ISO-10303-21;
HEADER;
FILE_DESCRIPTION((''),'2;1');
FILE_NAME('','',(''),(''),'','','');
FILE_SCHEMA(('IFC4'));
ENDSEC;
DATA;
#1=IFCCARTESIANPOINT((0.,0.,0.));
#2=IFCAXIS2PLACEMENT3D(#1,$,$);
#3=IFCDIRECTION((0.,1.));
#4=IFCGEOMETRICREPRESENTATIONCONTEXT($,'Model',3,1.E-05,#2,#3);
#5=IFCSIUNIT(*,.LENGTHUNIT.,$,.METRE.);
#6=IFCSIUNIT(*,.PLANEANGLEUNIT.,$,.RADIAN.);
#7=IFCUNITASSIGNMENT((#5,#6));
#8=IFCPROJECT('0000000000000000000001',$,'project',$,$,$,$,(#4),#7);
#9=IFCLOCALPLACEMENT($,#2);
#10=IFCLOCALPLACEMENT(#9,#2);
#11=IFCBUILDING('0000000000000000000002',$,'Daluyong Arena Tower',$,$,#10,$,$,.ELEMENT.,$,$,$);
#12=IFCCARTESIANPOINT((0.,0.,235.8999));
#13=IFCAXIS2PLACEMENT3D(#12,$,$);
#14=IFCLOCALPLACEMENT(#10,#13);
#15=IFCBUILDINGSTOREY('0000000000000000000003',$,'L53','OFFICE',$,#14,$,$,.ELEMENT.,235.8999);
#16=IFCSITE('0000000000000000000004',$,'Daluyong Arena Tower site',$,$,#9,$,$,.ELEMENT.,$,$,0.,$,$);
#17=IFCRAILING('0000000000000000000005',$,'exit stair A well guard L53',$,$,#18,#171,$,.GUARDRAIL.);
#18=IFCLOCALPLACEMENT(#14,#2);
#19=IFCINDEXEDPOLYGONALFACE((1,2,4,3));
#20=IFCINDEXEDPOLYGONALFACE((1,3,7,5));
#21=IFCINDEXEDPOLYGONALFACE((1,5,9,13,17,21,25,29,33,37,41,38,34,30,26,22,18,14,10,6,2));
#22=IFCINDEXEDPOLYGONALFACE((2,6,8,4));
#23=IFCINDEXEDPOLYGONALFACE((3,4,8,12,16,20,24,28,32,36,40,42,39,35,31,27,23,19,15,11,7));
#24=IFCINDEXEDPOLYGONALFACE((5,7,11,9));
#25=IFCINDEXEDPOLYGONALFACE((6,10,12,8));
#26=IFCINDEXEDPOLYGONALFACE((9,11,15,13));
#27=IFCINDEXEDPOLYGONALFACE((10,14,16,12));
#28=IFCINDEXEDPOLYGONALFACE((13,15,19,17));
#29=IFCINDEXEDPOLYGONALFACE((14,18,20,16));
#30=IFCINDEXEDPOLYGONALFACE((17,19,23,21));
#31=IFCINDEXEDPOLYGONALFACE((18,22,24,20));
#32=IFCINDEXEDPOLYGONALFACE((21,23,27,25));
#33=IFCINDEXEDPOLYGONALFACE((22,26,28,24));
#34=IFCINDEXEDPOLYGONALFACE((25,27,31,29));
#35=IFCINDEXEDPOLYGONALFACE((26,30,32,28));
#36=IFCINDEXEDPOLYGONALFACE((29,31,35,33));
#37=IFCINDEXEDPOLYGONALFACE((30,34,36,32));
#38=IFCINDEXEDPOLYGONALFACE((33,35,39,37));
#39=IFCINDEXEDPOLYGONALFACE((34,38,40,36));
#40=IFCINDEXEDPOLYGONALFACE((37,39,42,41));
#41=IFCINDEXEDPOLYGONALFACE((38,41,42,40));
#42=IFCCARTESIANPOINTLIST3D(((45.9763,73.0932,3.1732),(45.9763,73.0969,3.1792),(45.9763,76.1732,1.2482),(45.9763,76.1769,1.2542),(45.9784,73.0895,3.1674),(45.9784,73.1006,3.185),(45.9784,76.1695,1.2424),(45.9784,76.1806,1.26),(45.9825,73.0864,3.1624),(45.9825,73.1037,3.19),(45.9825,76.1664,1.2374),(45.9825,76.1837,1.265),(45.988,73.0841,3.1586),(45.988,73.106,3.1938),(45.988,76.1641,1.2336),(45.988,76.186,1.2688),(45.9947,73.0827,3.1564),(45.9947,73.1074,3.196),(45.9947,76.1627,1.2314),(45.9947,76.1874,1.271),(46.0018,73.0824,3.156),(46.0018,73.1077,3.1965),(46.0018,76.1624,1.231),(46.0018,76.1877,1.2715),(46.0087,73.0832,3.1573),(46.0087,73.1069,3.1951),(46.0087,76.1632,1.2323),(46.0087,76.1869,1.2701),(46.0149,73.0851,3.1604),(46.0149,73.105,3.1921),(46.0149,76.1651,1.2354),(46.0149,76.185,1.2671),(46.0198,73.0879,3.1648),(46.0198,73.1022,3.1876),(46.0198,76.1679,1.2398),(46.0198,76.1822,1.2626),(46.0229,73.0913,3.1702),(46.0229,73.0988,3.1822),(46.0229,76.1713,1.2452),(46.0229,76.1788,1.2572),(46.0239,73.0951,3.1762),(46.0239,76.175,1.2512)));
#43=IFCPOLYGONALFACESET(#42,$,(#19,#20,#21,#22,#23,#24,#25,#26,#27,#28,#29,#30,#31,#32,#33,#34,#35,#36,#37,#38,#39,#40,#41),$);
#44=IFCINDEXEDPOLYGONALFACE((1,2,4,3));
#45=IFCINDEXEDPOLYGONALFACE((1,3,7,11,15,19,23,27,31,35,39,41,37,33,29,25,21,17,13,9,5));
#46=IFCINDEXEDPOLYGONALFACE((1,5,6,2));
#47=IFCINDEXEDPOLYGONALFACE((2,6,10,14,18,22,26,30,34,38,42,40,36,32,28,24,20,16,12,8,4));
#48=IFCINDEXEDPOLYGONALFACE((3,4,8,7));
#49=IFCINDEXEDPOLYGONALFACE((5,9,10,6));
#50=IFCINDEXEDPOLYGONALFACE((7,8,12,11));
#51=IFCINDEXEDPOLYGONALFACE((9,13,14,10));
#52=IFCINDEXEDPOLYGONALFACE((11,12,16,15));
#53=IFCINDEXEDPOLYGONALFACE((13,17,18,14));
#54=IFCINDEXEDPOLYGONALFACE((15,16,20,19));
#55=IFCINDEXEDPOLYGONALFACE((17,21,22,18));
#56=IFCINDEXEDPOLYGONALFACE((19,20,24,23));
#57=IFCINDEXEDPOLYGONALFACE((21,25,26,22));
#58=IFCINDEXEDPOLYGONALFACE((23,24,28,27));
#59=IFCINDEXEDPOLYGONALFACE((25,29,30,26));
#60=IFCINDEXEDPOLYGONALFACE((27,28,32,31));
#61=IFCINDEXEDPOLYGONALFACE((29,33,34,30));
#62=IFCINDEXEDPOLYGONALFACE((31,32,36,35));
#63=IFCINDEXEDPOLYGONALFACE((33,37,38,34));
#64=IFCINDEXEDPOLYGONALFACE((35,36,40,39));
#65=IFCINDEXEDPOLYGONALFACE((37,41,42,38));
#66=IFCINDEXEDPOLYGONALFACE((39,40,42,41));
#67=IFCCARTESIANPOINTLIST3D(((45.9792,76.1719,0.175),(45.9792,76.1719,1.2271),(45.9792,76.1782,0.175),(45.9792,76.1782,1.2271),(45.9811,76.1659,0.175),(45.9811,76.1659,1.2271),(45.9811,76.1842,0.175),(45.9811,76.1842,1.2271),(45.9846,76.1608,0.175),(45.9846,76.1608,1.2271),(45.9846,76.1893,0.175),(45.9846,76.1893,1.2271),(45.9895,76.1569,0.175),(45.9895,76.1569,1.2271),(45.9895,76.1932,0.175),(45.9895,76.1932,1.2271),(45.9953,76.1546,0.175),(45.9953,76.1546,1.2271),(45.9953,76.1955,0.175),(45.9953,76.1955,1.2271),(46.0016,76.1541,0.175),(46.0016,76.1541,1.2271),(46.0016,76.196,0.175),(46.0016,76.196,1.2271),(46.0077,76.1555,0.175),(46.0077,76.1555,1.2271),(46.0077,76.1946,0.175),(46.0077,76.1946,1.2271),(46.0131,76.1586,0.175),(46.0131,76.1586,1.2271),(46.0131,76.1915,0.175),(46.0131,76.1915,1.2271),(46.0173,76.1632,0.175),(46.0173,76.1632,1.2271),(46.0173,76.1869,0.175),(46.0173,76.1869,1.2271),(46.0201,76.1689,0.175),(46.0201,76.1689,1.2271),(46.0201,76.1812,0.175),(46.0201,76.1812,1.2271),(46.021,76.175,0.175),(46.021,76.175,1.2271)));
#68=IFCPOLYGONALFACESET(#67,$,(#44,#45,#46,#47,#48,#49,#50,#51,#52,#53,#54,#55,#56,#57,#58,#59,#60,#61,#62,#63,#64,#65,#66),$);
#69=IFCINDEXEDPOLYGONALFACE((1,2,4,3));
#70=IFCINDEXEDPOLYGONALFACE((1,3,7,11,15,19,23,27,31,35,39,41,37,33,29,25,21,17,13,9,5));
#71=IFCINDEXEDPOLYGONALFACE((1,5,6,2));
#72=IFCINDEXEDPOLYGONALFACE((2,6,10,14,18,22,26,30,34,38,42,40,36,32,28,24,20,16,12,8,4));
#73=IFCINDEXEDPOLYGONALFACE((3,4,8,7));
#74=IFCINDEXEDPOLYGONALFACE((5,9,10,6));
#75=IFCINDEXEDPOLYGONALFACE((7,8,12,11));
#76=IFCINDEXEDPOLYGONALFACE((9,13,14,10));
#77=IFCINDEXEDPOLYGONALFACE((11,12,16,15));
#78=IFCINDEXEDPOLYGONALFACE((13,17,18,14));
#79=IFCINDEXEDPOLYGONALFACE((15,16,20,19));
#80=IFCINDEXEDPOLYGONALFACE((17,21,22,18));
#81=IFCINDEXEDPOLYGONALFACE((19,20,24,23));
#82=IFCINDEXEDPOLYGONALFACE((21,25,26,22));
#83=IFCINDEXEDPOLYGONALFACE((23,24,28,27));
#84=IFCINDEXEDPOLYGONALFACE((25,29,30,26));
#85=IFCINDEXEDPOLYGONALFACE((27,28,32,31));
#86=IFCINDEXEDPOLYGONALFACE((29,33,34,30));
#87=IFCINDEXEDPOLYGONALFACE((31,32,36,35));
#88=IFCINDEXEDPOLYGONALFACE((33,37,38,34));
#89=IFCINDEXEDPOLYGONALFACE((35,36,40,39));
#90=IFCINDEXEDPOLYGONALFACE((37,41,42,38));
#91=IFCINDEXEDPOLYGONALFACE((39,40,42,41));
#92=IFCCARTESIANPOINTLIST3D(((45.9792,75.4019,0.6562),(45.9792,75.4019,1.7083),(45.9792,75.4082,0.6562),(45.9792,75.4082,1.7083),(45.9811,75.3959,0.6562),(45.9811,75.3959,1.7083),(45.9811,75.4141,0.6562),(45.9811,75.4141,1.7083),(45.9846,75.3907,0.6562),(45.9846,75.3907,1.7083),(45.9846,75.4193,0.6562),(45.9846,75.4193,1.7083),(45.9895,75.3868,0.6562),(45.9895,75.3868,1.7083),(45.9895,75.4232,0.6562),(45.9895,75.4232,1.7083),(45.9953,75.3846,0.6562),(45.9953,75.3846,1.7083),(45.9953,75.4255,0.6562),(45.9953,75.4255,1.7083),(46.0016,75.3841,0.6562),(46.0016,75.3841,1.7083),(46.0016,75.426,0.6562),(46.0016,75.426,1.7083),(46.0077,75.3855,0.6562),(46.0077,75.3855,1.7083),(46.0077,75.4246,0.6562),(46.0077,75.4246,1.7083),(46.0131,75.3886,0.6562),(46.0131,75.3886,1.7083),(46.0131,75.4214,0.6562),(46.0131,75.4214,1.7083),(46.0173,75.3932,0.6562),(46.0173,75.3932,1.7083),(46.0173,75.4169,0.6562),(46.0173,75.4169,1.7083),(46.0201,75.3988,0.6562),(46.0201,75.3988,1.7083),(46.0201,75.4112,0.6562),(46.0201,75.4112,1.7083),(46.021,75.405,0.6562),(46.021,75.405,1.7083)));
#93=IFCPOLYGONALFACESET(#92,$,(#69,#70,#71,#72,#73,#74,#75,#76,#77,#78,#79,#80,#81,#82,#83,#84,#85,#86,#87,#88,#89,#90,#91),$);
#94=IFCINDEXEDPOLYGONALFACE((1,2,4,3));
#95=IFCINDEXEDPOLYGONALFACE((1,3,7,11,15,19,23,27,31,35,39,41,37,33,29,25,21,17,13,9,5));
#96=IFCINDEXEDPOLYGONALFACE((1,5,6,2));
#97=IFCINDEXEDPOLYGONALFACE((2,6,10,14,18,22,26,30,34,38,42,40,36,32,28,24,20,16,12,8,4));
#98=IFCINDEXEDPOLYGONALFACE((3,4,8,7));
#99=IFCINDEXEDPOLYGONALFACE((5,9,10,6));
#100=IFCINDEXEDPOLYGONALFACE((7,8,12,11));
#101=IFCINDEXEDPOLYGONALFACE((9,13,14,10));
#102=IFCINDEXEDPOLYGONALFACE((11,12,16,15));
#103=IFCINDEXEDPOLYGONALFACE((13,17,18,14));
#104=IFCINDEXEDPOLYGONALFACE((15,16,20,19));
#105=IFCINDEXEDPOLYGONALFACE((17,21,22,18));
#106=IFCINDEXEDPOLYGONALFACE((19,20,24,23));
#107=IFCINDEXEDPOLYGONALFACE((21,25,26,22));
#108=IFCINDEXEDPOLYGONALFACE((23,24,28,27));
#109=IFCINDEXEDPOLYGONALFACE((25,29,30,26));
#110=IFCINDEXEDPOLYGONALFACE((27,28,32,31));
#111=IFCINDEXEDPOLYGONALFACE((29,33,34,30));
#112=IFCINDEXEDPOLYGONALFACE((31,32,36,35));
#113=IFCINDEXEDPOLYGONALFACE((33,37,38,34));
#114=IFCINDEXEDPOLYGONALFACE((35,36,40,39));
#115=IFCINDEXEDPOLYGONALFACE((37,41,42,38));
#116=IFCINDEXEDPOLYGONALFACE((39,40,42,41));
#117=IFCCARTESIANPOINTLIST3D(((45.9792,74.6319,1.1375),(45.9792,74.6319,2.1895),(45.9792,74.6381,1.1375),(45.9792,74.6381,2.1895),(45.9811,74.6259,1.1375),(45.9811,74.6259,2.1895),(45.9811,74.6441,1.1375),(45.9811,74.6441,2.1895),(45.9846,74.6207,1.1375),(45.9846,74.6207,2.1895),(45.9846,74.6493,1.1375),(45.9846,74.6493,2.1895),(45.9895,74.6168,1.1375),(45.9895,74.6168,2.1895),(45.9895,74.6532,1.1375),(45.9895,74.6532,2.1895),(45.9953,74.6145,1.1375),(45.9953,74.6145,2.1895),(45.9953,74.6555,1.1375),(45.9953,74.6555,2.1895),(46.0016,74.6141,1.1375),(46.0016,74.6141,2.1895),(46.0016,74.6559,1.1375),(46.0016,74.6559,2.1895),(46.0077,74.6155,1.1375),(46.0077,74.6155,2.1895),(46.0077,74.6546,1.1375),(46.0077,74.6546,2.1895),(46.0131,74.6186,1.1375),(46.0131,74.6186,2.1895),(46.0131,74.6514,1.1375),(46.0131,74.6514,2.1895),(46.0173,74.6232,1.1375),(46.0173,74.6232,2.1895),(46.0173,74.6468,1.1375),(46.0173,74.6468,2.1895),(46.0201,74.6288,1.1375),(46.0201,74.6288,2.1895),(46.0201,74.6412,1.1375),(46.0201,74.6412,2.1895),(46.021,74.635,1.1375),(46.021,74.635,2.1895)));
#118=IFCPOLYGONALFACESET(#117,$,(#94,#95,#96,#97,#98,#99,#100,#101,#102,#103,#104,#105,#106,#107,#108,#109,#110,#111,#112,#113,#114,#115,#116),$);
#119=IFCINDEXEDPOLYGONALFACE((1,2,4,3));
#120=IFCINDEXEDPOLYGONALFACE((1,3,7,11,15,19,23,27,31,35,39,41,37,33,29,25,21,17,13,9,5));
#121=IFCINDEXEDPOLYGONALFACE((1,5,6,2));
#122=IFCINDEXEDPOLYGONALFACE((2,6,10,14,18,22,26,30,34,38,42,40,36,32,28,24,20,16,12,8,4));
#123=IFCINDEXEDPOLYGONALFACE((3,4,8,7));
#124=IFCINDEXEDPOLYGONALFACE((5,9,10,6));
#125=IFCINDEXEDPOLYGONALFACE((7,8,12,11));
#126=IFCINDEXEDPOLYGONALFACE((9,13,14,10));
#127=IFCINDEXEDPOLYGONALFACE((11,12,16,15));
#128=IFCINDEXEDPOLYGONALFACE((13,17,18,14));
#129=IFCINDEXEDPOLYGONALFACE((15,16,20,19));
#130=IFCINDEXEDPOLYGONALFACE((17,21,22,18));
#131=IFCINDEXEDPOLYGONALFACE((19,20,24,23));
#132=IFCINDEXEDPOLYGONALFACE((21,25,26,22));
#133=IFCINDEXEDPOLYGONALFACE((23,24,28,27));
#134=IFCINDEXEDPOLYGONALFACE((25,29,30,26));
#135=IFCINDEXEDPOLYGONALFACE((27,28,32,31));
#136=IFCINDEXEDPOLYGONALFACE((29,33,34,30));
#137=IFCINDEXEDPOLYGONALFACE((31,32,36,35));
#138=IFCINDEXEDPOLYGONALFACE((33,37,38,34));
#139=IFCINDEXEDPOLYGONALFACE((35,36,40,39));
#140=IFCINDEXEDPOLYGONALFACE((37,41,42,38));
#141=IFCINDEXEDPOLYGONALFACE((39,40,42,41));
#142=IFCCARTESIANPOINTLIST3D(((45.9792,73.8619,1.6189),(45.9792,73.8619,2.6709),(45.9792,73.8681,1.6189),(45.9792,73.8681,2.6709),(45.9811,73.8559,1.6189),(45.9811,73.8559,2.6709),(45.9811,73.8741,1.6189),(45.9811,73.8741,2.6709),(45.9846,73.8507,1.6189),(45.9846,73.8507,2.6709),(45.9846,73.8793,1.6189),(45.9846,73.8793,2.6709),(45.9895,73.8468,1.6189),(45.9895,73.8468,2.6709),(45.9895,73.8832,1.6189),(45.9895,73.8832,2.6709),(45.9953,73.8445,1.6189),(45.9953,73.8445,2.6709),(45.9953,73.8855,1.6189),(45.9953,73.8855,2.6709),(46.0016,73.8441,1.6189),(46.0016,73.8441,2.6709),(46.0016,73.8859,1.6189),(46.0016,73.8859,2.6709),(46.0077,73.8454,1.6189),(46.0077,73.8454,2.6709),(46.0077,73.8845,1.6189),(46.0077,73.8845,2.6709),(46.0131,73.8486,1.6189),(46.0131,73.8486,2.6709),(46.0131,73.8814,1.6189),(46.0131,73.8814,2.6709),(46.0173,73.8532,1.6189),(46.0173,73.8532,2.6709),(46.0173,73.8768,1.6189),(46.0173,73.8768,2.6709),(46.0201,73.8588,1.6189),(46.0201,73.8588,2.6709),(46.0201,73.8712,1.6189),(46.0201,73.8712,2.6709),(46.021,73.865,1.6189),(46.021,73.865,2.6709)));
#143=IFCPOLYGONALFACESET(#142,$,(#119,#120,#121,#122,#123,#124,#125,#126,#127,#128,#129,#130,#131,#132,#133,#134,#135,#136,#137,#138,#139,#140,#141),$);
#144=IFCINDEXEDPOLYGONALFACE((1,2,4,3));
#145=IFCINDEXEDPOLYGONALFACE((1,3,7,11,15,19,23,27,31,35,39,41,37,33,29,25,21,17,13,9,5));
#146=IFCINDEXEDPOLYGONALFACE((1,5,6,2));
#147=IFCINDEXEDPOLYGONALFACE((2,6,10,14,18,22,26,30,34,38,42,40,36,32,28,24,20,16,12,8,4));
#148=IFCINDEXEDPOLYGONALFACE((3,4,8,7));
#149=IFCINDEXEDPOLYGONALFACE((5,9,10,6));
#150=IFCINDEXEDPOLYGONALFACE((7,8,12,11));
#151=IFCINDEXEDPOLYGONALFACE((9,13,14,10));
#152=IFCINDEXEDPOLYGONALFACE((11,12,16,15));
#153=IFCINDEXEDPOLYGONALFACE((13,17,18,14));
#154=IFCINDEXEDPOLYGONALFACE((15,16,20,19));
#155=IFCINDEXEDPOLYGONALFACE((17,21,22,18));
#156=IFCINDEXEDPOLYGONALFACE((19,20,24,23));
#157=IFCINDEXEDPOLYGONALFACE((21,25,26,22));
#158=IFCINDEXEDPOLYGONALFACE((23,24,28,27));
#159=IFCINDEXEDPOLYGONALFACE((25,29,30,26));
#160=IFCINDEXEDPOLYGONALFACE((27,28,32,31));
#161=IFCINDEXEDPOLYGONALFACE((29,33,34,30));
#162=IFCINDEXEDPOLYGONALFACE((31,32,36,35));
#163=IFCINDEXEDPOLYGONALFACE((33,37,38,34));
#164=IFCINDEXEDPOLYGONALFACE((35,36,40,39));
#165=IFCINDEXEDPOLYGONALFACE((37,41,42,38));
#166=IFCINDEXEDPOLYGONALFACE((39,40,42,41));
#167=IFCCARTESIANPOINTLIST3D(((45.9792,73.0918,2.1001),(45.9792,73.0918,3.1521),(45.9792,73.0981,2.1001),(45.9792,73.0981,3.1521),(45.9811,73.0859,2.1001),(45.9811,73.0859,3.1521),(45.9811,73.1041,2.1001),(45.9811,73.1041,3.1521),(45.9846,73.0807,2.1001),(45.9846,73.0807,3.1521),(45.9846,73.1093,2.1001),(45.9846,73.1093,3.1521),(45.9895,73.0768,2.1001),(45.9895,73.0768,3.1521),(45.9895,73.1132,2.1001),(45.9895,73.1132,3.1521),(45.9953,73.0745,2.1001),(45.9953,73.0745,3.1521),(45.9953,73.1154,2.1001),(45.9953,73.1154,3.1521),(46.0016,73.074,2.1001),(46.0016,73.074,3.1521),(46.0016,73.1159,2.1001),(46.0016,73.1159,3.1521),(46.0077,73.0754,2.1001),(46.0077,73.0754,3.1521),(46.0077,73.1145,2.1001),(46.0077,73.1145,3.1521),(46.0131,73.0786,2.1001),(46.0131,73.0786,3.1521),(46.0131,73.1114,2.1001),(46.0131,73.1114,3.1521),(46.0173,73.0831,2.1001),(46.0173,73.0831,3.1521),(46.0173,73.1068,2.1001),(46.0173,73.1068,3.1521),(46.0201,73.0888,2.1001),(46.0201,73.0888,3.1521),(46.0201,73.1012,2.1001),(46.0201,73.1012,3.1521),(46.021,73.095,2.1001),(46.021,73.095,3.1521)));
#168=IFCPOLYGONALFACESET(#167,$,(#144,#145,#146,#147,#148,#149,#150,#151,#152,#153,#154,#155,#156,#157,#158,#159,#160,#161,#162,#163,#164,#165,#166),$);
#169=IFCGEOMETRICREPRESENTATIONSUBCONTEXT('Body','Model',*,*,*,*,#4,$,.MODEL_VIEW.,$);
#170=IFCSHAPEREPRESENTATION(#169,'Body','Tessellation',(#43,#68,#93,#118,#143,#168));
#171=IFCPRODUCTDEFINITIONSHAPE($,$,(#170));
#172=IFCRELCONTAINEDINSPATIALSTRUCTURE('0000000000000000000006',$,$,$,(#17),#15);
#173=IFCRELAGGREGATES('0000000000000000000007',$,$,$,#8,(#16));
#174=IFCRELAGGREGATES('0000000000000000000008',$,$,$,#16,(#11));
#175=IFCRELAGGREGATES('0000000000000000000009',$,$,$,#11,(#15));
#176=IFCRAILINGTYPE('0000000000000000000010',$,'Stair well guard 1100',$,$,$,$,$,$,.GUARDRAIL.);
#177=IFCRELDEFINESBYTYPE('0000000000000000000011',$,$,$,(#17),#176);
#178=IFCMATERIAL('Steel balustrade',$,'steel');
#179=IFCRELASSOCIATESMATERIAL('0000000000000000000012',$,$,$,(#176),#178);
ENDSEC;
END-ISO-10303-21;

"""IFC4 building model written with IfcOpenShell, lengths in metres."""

from ifc_helpers import new_model, si_unit, direction, frame, origin, origin_2d, place, context, subcontext, project, spatial, circle, extrude, material, type_object, element, save


model = new_model("IFC4")

# Units and contexts
model_context = context("Model", 3, precision=1e-05, world=origin(), true_north=direction((0.0, 1.0)))
body_context = subcontext(model_context, "Body", "Model", "MODEL_VIEW")
ifc_project = project(units=[si_unit("LENGTHUNIT", "METRE"), si_unit("PLANEANGLEUNIT", "RADIAN")], contexts=[model_context])

# Site, building, storey
site_placement = place(None, origin())
site = spatial("IfcSite", under=ifc_project, at=site_placement, Name="Daluyong Arena Tower site", CompositionType="ELEMENT", RefElevation=0.0)
building_placement = place(site_placement, origin())
building = spatial("IfcBuilding", under=site, at=building_placement, Name="Daluyong Arena Tower", CompositionType="ELEMENT")
storey_placement = place(building_placement, frame((0.0, 0.0, 235.8999)))
storey = spatial("IfcBuildingStorey", under=building, at=storey_placement, Name="L53", Description="OFFICE", CompositionType="ELEMENT", Elevation=235.8999)

# Railing
ifc_material_1 = material(Name="Steel balustrade", Category="steel")
railing_type_1 = type_object("IfcRailingType", Name="Stair well guard 1100", PredefinedType="GUARDRAIL", material=ifc_material_1)
railing_1_placement = place(storey_placement, frame((46.0, 76.175, 0.175)))
element("IfcRailing", 1, at=railing_1_placement, inside=storey, type_object=railing_type_1, Name="exit stair A well guard L53", PredefinedType="GUARDRAIL", context=body_context, shape_type="SweptSolid", body=[
    extrude(circle(Radius=0.0239, at=origin_2d()), frame((0.0, 0.0, 1.0762), z_axis=(0.0, -0.847998, 0.529999), x_axis=(1.0, 0.0, 0.0)), (0.0, 0.0, 1.0), 3.6321),
    extrude(circle(Radius=0.021, at=origin_2d()), origin(), (0.0, 0.0, 1.0), 1.052),
    extrude(circle(Radius=0.021, at=origin_2d()), frame((0.0, -0.77, 0.4812)), (0.0, 0.0, 1.0), 1.052),
    extrude(circle(Radius=0.021, at=origin_2d()), frame((0.0, -1.54, 0.9624)), (0.0, 0.0, 1.0), 1.052),
    extrude(circle(Radius=0.021, at=origin_2d()), frame((0.0, -2.3101, 1.4438)), (0.0, 0.0, 1.0), 1.052),
    extrude(circle(Radius=0.021, at=origin_2d()), frame((0.0, -3.0801, 1.925)), (0.0, 0.0, 1.0), 1.052),
])

save(model, "model.ifc")
